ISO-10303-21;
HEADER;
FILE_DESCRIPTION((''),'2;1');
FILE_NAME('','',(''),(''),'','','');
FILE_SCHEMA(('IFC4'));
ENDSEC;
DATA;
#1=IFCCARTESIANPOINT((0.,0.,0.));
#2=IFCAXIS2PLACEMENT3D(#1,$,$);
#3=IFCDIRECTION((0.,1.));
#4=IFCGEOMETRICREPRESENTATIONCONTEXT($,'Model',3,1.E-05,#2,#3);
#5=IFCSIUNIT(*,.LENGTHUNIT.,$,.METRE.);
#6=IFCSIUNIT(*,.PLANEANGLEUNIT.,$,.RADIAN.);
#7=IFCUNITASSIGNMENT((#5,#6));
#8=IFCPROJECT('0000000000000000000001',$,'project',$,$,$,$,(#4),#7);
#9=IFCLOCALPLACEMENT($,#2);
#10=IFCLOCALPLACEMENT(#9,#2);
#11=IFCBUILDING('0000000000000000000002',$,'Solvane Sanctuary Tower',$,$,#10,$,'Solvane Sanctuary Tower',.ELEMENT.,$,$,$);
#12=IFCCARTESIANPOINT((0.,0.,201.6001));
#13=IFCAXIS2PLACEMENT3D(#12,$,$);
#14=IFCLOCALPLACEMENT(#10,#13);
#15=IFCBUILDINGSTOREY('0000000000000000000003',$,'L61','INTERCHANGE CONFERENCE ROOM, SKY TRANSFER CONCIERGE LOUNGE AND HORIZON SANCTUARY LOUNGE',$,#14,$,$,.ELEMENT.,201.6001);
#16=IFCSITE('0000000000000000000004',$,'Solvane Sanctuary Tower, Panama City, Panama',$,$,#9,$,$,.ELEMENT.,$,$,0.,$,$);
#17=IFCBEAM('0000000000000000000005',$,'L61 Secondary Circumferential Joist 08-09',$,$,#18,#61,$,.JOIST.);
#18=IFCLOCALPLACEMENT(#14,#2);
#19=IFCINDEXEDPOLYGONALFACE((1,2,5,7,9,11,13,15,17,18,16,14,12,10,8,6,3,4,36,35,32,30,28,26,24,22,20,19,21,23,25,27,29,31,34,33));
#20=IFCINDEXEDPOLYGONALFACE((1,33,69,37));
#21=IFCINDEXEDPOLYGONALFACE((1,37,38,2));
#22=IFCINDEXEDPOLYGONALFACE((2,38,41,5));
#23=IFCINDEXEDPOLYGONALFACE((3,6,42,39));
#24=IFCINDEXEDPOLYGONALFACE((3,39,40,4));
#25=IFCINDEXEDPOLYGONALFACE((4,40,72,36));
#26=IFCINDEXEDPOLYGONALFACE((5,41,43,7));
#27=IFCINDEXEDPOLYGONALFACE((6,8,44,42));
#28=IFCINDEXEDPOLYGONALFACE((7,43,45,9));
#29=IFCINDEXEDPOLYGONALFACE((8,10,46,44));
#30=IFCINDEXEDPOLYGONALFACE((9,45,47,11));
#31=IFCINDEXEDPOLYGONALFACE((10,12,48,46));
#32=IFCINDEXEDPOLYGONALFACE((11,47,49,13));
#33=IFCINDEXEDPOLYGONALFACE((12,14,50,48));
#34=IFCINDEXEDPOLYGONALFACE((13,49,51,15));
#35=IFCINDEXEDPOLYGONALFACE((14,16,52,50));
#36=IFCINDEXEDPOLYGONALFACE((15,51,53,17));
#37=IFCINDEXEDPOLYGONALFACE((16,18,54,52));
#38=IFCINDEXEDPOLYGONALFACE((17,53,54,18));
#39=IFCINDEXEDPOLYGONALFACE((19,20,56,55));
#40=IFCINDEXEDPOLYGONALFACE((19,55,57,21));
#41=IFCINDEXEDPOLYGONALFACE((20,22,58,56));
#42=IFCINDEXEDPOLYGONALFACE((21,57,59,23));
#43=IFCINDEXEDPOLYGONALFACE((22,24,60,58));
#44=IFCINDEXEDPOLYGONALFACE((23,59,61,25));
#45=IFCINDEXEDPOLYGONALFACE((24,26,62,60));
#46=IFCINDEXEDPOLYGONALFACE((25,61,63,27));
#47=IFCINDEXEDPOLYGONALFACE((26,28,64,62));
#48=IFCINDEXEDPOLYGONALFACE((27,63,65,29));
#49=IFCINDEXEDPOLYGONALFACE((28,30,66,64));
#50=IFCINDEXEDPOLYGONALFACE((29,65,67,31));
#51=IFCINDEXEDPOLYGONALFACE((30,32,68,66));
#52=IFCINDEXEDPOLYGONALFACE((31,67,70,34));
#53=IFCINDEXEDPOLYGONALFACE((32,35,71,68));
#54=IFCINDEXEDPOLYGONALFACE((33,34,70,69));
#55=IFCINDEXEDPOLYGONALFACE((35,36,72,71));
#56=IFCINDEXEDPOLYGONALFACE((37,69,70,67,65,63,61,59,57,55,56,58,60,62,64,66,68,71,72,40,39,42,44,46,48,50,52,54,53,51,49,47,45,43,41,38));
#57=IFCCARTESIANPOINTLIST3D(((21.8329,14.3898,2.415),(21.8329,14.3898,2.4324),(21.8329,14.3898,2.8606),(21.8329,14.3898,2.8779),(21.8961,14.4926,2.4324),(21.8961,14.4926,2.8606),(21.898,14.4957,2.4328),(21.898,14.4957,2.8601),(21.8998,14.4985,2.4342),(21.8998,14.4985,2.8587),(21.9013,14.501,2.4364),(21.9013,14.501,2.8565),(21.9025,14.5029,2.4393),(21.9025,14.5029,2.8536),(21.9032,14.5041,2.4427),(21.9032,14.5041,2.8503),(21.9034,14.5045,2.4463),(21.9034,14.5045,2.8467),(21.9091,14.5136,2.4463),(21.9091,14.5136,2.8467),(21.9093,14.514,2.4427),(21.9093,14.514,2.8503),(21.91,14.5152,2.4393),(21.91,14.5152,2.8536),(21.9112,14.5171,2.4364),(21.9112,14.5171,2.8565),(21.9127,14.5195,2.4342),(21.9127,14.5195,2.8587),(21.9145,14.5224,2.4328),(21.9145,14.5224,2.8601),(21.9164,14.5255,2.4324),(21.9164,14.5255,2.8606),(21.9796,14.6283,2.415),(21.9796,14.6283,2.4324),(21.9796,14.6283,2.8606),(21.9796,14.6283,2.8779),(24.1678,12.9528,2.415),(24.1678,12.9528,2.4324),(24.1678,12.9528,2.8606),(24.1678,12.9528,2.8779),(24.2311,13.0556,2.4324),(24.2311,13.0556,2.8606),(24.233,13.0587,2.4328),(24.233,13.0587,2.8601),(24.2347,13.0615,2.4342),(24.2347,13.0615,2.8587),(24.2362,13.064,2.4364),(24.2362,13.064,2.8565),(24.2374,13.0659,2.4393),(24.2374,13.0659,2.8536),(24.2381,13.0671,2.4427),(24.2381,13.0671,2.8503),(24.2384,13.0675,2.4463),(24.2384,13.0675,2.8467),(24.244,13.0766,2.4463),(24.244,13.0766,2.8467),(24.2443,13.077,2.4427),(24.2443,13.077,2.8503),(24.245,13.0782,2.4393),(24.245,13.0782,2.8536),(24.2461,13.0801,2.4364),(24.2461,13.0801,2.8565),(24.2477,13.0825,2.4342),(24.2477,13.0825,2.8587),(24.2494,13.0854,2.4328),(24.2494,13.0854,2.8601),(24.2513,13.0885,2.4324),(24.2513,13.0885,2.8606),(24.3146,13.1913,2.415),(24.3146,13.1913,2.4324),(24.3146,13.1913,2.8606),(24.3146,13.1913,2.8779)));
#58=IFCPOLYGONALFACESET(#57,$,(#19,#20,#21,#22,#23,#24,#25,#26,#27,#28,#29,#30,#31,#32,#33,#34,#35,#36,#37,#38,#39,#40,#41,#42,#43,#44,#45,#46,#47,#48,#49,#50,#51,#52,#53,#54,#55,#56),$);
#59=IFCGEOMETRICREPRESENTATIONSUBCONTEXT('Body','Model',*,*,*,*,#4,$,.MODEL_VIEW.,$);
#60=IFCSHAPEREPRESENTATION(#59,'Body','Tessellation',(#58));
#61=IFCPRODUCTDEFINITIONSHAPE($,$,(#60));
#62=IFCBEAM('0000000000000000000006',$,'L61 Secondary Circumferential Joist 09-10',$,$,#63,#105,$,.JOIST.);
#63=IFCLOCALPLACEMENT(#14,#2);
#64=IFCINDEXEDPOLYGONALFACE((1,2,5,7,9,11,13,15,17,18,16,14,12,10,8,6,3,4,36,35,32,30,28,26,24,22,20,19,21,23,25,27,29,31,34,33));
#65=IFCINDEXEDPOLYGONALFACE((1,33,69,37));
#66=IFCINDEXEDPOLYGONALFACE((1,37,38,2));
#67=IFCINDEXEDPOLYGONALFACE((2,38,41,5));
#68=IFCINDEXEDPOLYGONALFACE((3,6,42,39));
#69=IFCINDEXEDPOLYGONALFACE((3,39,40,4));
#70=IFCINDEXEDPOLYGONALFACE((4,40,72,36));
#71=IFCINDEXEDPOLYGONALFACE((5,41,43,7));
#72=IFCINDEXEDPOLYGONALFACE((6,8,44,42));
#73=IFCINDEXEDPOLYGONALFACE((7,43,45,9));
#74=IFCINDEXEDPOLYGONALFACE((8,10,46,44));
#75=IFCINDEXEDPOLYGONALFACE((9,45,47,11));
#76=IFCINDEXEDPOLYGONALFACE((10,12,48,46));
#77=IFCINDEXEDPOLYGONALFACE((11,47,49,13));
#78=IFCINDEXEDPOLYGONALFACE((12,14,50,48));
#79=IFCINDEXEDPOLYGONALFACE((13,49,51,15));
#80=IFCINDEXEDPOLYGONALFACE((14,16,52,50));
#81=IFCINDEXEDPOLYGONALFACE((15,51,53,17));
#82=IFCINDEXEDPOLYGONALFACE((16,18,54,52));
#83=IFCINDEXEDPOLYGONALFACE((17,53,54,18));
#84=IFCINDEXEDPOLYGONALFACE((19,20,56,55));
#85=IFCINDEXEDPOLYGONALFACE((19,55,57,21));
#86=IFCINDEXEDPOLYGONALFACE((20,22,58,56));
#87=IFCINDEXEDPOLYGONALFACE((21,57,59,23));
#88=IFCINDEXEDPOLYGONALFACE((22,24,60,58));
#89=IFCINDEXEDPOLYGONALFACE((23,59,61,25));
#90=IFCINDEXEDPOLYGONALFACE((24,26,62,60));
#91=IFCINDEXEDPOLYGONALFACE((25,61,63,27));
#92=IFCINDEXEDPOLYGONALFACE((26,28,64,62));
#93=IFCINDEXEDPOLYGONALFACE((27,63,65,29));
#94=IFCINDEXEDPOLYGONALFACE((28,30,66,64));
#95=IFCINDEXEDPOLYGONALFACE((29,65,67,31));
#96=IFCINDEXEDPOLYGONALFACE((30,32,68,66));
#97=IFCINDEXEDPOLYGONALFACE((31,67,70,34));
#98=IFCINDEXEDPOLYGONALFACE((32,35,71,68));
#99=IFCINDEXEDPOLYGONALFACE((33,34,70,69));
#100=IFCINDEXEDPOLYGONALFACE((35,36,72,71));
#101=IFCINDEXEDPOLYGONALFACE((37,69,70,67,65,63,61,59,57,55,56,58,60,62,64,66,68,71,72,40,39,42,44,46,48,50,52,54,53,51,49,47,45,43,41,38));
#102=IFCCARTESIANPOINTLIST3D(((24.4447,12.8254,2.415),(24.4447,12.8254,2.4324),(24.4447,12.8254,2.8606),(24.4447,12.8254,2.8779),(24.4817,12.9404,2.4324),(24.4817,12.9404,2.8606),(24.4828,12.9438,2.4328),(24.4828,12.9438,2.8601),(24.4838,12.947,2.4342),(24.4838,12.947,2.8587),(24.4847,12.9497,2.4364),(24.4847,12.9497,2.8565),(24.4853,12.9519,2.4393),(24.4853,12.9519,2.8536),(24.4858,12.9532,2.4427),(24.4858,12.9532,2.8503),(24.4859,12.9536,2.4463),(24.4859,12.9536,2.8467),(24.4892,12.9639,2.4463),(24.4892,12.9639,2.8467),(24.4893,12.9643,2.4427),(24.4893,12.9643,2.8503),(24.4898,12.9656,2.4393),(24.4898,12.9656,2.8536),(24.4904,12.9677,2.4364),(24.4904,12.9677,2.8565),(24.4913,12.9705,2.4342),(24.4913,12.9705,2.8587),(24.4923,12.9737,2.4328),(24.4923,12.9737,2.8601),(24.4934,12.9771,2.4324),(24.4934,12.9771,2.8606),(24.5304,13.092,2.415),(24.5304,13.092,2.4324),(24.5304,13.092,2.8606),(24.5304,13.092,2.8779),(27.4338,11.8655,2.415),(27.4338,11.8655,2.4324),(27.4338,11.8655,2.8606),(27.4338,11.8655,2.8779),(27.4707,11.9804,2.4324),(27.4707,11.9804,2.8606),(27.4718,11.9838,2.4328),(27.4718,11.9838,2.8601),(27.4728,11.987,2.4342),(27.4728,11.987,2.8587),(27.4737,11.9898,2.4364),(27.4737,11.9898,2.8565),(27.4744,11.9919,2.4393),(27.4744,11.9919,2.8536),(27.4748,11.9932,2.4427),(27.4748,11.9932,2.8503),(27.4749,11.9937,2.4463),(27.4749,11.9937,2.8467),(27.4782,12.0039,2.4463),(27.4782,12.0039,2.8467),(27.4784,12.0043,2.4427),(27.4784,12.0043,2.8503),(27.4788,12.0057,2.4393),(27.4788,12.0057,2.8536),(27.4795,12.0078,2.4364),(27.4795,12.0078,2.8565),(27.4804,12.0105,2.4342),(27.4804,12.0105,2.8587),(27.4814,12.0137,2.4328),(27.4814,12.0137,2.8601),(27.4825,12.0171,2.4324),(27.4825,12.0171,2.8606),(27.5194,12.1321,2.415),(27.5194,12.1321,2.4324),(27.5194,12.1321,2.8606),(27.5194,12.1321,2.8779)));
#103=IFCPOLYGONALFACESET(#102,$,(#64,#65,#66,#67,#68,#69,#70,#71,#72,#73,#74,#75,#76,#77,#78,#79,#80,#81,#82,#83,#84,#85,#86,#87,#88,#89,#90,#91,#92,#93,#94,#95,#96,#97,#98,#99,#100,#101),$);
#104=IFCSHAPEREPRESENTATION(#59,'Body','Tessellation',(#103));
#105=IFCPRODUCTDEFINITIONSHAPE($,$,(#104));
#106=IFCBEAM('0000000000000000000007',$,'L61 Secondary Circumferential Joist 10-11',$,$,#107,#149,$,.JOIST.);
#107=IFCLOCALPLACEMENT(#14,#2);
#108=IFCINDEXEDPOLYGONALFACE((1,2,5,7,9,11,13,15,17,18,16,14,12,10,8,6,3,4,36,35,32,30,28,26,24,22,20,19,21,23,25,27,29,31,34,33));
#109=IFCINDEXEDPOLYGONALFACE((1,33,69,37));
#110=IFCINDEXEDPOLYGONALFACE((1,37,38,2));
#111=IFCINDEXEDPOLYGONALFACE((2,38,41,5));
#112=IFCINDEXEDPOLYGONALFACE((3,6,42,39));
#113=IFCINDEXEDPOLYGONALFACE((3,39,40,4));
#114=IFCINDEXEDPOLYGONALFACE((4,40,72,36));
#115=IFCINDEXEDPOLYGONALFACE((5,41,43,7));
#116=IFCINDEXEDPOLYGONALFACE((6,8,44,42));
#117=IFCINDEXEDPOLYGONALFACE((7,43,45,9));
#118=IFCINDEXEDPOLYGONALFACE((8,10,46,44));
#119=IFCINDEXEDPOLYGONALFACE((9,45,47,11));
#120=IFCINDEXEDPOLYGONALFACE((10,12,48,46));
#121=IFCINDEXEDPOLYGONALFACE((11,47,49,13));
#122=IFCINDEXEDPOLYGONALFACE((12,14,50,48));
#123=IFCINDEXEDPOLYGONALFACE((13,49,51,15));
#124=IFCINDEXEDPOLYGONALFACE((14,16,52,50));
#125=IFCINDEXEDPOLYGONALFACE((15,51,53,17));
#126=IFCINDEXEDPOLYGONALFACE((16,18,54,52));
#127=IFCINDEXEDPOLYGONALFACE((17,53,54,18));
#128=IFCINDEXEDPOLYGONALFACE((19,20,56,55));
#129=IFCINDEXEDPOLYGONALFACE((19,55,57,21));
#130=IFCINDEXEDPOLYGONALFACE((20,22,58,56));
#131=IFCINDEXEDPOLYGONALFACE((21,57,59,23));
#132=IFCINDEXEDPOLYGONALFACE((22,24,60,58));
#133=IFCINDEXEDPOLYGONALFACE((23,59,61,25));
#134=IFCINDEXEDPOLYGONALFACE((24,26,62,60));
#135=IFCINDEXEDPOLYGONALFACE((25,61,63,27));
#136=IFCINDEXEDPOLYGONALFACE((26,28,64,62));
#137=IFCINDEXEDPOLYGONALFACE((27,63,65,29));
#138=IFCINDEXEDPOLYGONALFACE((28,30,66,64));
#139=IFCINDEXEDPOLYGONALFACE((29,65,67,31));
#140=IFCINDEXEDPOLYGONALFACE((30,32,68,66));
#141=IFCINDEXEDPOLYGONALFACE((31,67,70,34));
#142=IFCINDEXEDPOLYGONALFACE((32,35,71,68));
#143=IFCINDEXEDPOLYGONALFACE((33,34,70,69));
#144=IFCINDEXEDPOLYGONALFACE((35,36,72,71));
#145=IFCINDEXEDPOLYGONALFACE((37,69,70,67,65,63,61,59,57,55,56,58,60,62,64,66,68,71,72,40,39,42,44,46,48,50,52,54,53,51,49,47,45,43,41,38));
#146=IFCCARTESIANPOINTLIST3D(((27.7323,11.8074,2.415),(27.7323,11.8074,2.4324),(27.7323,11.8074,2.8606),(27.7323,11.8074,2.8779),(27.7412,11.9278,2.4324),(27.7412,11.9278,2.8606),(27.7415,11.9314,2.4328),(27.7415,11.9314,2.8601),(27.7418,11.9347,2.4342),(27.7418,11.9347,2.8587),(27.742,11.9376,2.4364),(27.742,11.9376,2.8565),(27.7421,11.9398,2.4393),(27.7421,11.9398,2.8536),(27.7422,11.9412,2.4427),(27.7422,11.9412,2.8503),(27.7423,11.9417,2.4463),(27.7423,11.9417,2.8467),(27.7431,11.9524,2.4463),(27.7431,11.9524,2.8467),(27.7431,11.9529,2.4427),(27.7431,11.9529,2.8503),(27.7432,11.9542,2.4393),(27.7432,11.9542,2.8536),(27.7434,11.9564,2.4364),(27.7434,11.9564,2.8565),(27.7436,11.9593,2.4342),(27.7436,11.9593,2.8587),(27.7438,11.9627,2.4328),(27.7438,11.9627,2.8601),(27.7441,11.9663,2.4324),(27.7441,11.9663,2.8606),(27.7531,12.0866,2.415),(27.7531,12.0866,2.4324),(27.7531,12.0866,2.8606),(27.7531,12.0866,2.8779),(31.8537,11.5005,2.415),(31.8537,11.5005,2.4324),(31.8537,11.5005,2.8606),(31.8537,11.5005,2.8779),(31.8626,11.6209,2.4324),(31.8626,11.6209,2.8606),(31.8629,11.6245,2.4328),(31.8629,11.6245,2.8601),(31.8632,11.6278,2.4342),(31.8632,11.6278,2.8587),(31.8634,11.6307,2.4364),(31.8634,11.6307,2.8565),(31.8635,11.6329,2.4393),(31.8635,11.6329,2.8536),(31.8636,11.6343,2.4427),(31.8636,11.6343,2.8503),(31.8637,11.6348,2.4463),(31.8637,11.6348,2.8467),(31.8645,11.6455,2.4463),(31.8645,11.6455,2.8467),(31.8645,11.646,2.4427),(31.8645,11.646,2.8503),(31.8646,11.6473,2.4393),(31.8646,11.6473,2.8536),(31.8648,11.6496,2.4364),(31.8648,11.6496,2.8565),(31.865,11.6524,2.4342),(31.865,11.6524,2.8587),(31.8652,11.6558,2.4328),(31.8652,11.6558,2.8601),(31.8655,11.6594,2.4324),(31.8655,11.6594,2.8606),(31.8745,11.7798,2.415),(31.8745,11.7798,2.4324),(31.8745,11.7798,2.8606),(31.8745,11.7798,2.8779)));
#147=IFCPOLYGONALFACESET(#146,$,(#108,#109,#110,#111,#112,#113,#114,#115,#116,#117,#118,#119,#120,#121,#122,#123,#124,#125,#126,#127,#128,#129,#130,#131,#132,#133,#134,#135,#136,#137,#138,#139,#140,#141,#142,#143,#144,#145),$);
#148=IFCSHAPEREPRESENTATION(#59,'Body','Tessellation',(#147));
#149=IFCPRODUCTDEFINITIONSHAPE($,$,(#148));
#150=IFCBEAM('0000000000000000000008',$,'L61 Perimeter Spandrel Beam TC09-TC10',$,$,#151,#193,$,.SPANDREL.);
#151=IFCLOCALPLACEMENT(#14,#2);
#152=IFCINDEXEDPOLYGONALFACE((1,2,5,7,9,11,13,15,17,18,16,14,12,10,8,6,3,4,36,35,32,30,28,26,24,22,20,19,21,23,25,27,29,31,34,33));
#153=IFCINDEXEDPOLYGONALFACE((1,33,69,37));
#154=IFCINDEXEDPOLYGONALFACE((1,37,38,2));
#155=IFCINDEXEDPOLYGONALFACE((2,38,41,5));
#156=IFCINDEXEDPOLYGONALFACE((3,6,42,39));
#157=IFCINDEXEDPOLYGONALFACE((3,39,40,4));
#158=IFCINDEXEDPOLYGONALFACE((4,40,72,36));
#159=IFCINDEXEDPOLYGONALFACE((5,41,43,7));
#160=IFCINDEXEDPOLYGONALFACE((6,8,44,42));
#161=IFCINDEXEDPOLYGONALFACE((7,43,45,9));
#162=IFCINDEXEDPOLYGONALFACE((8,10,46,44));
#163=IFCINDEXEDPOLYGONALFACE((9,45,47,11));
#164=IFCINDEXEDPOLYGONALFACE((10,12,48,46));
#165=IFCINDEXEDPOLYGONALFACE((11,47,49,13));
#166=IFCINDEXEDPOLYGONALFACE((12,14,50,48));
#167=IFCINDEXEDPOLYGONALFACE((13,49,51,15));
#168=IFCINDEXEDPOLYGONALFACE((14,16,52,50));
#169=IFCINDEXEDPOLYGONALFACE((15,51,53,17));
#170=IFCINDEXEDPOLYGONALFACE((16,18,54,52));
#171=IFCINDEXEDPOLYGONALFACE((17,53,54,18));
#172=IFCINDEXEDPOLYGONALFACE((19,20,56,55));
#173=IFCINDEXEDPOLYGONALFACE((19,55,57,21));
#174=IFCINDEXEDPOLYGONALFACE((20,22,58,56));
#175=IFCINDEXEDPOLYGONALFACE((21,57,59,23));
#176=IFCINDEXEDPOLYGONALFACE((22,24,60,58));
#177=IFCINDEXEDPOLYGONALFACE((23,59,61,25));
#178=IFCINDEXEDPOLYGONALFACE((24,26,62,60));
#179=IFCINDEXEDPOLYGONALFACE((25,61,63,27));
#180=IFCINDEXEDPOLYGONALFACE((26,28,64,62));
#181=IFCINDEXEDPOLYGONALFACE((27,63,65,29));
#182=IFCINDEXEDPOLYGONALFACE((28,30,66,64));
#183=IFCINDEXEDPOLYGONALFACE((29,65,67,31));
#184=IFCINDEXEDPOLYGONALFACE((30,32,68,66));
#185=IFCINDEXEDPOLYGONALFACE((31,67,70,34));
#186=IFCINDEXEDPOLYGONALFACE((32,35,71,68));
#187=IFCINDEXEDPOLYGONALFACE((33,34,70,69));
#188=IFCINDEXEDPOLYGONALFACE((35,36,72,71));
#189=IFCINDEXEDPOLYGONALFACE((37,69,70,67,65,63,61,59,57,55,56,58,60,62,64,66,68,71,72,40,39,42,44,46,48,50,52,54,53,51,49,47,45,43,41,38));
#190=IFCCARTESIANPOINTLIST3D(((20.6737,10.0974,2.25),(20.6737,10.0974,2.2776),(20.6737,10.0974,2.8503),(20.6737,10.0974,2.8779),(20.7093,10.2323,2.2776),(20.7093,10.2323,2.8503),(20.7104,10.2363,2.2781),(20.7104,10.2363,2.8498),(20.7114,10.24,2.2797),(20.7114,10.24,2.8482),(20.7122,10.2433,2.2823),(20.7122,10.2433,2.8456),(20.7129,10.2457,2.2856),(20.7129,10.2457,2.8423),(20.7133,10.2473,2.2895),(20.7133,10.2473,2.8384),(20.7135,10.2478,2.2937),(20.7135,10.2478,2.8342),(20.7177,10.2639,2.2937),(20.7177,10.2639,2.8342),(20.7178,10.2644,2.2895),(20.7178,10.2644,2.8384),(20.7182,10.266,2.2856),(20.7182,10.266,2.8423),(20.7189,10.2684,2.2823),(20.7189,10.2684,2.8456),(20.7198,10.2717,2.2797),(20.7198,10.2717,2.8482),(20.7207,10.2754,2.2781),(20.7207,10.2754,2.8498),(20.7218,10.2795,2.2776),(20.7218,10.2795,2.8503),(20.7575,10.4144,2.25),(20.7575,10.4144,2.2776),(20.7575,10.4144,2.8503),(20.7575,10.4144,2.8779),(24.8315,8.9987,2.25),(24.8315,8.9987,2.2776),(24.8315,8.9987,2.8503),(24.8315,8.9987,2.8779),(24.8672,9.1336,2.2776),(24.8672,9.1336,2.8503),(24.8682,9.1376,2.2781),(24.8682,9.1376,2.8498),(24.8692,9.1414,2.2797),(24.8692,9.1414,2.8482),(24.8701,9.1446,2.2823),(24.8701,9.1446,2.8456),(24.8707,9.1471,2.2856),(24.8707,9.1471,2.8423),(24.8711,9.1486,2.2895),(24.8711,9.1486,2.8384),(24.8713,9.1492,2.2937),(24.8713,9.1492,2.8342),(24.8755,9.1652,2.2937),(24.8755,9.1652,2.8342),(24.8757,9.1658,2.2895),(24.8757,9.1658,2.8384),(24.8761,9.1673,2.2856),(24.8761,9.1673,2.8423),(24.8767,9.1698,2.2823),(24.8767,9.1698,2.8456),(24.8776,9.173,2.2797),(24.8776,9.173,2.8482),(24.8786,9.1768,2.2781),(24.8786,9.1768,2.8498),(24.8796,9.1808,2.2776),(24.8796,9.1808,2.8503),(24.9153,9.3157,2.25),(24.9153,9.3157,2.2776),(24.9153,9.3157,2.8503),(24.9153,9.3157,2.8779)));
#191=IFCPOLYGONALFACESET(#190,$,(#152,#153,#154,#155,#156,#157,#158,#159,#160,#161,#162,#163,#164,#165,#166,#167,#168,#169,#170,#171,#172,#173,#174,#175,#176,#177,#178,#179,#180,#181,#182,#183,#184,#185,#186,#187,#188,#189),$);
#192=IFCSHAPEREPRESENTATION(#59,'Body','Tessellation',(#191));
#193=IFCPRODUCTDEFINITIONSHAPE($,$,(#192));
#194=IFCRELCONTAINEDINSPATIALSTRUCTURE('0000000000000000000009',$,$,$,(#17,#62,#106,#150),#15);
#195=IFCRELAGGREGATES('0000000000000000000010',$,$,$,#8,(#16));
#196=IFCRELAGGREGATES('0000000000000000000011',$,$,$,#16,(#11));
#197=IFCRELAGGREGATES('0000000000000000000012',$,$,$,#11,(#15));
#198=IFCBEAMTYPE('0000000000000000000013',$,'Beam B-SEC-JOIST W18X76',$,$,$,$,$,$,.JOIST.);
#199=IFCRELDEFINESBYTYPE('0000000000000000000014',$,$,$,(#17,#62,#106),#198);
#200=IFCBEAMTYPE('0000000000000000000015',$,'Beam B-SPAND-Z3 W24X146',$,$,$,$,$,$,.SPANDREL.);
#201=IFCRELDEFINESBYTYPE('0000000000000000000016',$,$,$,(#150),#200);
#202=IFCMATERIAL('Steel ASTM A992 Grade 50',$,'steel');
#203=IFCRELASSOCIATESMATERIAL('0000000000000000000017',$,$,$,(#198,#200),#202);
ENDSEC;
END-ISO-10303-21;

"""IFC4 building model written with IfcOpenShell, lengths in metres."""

from ifc_helpers import new_model, si_unit, direction, frame, origin, origin_2d, place, context, subcontext, project, spatial, i_section, extrude, material, material_profile, profile_set, type_object, element, save


model = new_model("IFC4")

# Units and contexts
model_context = context("Model", 3, precision=1e-05, world=origin(), true_north=direction((0.0, 1.0)))
body_context = subcontext(model_context, "Body", "Model", "MODEL_VIEW")
ifc_project = project(units=[si_unit("LENGTHUNIT", "METRE"), si_unit("PLANEANGLEUNIT", "RADIAN")], contexts=[model_context])

# Site, building, storey
site_placement = place(None, origin())
site = spatial("IfcSite", under=ifc_project, at=site_placement, Name="Solvane Sanctuary Tower, Panama City, Panama", CompositionType="ELEMENT", RefElevation=0.0)
building_placement = place(site_placement, origin())
building = spatial("IfcBuilding", under=site, at=building_placement, Name="Solvane Sanctuary Tower", LongName="Solvane Sanctuary Tower", CompositionType="ELEMENT")
storey_placement = place(building_placement, frame((0.0, 0.0, 201.6001)))
storey = spatial("IfcBuildingStorey", under=building, at=storey_placement, Name="L61", Description="INTERCHANGE CONFERENCE ROOM, SKY TRANSFER CONCIERGE LOUNGE AND HORIZON SANCTUARY LOUNGE", CompositionType="ELEMENT", Elevation=201.6001)

# Beams
ifc_material_1 = material(Name="Steel ASTM A992 Grade 50", Category="steel")
ifc_material_profile_1 = material_profile(ifc_material_1, i_section(OverallWidth=0.28, OverallDepth=0.4629, WebThickness=0.0107, FlangeThickness=0.0173, FilletRadius=0.0139, at=origin_2d()), Name="W18X76")
ifc_profile_set_1 = profile_set([ifc_material_profile_1], Name="Steel ASTM A992 Grade 50")
beam_type_1 = type_object("IfcBeamType", Name="Beam B-SEC-JOIST W18X76", PredefinedType="JOIST", material=ifc_profile_set_1)
beam_1_placement = place(storey_placement, frame((21.9062, 14.509, 2.6465), z_axis=(0.85164, -0.524127, 0.0), x_axis=(0.524127, 0.85164, 0.0)))
element("IfcBeam", 1, at=beam_1_placement, inside=storey, type_object=beam_type_1, Name="L61 Secondary Circumferential Joist 08-09", PredefinedType="JOIST", context=body_context, shape_type="SweptSolid", body=[
    extrude(i_section(OverallWidth=0.28, OverallDepth=0.4629, WebThickness=0.0107, FlangeThickness=0.0173, FilletRadius=0.0139, at=origin_2d()), origin(), (0.0, 0.0, 1.0), 2.7417),
])
beam_2_placement = place(storey_placement, frame((24.4875, 12.9587, 2.6465), z_axis=(0.952102, -0.30578, 0.0), x_axis=(0.30578, 0.952102, 0.0)))
element("IfcBeam", 2, at=beam_2_placement, inside=storey, type_object=beam_type_1, Name="L61 Secondary Circumferential Joist 09-10", PredefinedType="JOIST", context=body_context, shape_type="SweptSolid", body=[
    extrude(i_section(OverallWidth=0.28, OverallDepth=0.4629, WebThickness=0.0107, FlangeThickness=0.0173, FilletRadius=0.0139, at=origin_2d()), origin(), (0.0, 0.0, 1.0), 3.1394),
])
beam_3_placement = place(storey_placement, frame((27.7427, 11.947, 2.6465), z_axis=(0.997239, -0.074257, 0.0), x_axis=(0.074257, 0.997239, 0.0)))
element("IfcBeam", 3, at=beam_3_placement, inside=storey, type_object=beam_type_1, Name="L61 Secondary Circumferential Joist 10-11", PredefinedType="JOIST", context=body_context, shape_type="SweptSolid", body=[
    extrude(i_section(OverallWidth=0.28, OverallDepth=0.4629, WebThickness=0.0107, FlangeThickness=0.0173, FilletRadius=0.0139, at=origin_2d()), origin(), (0.0, 0.0, 1.0), 4.1328),
])
ifc_material_profile_2 = material_profile(ifc_material_1, i_section(OverallWidth=0.3279, OverallDepth=0.6279, WebThickness=0.0166, FlangeThickness=0.0276, FilletRadius=0.0161, at=origin_2d()), Name="W24X146")
ifc_profile_set_2 = profile_set([ifc_material_profile_2], Name="Steel ASTM A992 Grade 50")
beam_type_2 = type_object("IfcBeamType", Name="Beam B-SPAND-Z3 W24X146", PredefinedType="SPANDREL", material=ifc_profile_set_2)
beam_4_placement = place(storey_placement, frame((20.7156, 10.2559, 2.564), z_axis=(0.966817, -0.255471, 0.0), x_axis=(0.255471, 0.966817, 0.0)))
element("IfcBeam", 4, at=beam_4_placement, inside=storey, type_object=beam_type_2, Name="L61 Perimeter Spandrel Beam TC09-TC10", PredefinedType="SPANDREL", context=body_context, shape_type="SweptSolid", body=[
    extrude(i_section(OverallWidth=0.3279, OverallDepth=0.6279, WebThickness=0.0166, FlangeThickness=0.0276, FilletRadius=0.0161, at=origin_2d()), origin(), (0.0, 0.0, 1.0), 4.3005),
])

save(model, "model.ifc")
